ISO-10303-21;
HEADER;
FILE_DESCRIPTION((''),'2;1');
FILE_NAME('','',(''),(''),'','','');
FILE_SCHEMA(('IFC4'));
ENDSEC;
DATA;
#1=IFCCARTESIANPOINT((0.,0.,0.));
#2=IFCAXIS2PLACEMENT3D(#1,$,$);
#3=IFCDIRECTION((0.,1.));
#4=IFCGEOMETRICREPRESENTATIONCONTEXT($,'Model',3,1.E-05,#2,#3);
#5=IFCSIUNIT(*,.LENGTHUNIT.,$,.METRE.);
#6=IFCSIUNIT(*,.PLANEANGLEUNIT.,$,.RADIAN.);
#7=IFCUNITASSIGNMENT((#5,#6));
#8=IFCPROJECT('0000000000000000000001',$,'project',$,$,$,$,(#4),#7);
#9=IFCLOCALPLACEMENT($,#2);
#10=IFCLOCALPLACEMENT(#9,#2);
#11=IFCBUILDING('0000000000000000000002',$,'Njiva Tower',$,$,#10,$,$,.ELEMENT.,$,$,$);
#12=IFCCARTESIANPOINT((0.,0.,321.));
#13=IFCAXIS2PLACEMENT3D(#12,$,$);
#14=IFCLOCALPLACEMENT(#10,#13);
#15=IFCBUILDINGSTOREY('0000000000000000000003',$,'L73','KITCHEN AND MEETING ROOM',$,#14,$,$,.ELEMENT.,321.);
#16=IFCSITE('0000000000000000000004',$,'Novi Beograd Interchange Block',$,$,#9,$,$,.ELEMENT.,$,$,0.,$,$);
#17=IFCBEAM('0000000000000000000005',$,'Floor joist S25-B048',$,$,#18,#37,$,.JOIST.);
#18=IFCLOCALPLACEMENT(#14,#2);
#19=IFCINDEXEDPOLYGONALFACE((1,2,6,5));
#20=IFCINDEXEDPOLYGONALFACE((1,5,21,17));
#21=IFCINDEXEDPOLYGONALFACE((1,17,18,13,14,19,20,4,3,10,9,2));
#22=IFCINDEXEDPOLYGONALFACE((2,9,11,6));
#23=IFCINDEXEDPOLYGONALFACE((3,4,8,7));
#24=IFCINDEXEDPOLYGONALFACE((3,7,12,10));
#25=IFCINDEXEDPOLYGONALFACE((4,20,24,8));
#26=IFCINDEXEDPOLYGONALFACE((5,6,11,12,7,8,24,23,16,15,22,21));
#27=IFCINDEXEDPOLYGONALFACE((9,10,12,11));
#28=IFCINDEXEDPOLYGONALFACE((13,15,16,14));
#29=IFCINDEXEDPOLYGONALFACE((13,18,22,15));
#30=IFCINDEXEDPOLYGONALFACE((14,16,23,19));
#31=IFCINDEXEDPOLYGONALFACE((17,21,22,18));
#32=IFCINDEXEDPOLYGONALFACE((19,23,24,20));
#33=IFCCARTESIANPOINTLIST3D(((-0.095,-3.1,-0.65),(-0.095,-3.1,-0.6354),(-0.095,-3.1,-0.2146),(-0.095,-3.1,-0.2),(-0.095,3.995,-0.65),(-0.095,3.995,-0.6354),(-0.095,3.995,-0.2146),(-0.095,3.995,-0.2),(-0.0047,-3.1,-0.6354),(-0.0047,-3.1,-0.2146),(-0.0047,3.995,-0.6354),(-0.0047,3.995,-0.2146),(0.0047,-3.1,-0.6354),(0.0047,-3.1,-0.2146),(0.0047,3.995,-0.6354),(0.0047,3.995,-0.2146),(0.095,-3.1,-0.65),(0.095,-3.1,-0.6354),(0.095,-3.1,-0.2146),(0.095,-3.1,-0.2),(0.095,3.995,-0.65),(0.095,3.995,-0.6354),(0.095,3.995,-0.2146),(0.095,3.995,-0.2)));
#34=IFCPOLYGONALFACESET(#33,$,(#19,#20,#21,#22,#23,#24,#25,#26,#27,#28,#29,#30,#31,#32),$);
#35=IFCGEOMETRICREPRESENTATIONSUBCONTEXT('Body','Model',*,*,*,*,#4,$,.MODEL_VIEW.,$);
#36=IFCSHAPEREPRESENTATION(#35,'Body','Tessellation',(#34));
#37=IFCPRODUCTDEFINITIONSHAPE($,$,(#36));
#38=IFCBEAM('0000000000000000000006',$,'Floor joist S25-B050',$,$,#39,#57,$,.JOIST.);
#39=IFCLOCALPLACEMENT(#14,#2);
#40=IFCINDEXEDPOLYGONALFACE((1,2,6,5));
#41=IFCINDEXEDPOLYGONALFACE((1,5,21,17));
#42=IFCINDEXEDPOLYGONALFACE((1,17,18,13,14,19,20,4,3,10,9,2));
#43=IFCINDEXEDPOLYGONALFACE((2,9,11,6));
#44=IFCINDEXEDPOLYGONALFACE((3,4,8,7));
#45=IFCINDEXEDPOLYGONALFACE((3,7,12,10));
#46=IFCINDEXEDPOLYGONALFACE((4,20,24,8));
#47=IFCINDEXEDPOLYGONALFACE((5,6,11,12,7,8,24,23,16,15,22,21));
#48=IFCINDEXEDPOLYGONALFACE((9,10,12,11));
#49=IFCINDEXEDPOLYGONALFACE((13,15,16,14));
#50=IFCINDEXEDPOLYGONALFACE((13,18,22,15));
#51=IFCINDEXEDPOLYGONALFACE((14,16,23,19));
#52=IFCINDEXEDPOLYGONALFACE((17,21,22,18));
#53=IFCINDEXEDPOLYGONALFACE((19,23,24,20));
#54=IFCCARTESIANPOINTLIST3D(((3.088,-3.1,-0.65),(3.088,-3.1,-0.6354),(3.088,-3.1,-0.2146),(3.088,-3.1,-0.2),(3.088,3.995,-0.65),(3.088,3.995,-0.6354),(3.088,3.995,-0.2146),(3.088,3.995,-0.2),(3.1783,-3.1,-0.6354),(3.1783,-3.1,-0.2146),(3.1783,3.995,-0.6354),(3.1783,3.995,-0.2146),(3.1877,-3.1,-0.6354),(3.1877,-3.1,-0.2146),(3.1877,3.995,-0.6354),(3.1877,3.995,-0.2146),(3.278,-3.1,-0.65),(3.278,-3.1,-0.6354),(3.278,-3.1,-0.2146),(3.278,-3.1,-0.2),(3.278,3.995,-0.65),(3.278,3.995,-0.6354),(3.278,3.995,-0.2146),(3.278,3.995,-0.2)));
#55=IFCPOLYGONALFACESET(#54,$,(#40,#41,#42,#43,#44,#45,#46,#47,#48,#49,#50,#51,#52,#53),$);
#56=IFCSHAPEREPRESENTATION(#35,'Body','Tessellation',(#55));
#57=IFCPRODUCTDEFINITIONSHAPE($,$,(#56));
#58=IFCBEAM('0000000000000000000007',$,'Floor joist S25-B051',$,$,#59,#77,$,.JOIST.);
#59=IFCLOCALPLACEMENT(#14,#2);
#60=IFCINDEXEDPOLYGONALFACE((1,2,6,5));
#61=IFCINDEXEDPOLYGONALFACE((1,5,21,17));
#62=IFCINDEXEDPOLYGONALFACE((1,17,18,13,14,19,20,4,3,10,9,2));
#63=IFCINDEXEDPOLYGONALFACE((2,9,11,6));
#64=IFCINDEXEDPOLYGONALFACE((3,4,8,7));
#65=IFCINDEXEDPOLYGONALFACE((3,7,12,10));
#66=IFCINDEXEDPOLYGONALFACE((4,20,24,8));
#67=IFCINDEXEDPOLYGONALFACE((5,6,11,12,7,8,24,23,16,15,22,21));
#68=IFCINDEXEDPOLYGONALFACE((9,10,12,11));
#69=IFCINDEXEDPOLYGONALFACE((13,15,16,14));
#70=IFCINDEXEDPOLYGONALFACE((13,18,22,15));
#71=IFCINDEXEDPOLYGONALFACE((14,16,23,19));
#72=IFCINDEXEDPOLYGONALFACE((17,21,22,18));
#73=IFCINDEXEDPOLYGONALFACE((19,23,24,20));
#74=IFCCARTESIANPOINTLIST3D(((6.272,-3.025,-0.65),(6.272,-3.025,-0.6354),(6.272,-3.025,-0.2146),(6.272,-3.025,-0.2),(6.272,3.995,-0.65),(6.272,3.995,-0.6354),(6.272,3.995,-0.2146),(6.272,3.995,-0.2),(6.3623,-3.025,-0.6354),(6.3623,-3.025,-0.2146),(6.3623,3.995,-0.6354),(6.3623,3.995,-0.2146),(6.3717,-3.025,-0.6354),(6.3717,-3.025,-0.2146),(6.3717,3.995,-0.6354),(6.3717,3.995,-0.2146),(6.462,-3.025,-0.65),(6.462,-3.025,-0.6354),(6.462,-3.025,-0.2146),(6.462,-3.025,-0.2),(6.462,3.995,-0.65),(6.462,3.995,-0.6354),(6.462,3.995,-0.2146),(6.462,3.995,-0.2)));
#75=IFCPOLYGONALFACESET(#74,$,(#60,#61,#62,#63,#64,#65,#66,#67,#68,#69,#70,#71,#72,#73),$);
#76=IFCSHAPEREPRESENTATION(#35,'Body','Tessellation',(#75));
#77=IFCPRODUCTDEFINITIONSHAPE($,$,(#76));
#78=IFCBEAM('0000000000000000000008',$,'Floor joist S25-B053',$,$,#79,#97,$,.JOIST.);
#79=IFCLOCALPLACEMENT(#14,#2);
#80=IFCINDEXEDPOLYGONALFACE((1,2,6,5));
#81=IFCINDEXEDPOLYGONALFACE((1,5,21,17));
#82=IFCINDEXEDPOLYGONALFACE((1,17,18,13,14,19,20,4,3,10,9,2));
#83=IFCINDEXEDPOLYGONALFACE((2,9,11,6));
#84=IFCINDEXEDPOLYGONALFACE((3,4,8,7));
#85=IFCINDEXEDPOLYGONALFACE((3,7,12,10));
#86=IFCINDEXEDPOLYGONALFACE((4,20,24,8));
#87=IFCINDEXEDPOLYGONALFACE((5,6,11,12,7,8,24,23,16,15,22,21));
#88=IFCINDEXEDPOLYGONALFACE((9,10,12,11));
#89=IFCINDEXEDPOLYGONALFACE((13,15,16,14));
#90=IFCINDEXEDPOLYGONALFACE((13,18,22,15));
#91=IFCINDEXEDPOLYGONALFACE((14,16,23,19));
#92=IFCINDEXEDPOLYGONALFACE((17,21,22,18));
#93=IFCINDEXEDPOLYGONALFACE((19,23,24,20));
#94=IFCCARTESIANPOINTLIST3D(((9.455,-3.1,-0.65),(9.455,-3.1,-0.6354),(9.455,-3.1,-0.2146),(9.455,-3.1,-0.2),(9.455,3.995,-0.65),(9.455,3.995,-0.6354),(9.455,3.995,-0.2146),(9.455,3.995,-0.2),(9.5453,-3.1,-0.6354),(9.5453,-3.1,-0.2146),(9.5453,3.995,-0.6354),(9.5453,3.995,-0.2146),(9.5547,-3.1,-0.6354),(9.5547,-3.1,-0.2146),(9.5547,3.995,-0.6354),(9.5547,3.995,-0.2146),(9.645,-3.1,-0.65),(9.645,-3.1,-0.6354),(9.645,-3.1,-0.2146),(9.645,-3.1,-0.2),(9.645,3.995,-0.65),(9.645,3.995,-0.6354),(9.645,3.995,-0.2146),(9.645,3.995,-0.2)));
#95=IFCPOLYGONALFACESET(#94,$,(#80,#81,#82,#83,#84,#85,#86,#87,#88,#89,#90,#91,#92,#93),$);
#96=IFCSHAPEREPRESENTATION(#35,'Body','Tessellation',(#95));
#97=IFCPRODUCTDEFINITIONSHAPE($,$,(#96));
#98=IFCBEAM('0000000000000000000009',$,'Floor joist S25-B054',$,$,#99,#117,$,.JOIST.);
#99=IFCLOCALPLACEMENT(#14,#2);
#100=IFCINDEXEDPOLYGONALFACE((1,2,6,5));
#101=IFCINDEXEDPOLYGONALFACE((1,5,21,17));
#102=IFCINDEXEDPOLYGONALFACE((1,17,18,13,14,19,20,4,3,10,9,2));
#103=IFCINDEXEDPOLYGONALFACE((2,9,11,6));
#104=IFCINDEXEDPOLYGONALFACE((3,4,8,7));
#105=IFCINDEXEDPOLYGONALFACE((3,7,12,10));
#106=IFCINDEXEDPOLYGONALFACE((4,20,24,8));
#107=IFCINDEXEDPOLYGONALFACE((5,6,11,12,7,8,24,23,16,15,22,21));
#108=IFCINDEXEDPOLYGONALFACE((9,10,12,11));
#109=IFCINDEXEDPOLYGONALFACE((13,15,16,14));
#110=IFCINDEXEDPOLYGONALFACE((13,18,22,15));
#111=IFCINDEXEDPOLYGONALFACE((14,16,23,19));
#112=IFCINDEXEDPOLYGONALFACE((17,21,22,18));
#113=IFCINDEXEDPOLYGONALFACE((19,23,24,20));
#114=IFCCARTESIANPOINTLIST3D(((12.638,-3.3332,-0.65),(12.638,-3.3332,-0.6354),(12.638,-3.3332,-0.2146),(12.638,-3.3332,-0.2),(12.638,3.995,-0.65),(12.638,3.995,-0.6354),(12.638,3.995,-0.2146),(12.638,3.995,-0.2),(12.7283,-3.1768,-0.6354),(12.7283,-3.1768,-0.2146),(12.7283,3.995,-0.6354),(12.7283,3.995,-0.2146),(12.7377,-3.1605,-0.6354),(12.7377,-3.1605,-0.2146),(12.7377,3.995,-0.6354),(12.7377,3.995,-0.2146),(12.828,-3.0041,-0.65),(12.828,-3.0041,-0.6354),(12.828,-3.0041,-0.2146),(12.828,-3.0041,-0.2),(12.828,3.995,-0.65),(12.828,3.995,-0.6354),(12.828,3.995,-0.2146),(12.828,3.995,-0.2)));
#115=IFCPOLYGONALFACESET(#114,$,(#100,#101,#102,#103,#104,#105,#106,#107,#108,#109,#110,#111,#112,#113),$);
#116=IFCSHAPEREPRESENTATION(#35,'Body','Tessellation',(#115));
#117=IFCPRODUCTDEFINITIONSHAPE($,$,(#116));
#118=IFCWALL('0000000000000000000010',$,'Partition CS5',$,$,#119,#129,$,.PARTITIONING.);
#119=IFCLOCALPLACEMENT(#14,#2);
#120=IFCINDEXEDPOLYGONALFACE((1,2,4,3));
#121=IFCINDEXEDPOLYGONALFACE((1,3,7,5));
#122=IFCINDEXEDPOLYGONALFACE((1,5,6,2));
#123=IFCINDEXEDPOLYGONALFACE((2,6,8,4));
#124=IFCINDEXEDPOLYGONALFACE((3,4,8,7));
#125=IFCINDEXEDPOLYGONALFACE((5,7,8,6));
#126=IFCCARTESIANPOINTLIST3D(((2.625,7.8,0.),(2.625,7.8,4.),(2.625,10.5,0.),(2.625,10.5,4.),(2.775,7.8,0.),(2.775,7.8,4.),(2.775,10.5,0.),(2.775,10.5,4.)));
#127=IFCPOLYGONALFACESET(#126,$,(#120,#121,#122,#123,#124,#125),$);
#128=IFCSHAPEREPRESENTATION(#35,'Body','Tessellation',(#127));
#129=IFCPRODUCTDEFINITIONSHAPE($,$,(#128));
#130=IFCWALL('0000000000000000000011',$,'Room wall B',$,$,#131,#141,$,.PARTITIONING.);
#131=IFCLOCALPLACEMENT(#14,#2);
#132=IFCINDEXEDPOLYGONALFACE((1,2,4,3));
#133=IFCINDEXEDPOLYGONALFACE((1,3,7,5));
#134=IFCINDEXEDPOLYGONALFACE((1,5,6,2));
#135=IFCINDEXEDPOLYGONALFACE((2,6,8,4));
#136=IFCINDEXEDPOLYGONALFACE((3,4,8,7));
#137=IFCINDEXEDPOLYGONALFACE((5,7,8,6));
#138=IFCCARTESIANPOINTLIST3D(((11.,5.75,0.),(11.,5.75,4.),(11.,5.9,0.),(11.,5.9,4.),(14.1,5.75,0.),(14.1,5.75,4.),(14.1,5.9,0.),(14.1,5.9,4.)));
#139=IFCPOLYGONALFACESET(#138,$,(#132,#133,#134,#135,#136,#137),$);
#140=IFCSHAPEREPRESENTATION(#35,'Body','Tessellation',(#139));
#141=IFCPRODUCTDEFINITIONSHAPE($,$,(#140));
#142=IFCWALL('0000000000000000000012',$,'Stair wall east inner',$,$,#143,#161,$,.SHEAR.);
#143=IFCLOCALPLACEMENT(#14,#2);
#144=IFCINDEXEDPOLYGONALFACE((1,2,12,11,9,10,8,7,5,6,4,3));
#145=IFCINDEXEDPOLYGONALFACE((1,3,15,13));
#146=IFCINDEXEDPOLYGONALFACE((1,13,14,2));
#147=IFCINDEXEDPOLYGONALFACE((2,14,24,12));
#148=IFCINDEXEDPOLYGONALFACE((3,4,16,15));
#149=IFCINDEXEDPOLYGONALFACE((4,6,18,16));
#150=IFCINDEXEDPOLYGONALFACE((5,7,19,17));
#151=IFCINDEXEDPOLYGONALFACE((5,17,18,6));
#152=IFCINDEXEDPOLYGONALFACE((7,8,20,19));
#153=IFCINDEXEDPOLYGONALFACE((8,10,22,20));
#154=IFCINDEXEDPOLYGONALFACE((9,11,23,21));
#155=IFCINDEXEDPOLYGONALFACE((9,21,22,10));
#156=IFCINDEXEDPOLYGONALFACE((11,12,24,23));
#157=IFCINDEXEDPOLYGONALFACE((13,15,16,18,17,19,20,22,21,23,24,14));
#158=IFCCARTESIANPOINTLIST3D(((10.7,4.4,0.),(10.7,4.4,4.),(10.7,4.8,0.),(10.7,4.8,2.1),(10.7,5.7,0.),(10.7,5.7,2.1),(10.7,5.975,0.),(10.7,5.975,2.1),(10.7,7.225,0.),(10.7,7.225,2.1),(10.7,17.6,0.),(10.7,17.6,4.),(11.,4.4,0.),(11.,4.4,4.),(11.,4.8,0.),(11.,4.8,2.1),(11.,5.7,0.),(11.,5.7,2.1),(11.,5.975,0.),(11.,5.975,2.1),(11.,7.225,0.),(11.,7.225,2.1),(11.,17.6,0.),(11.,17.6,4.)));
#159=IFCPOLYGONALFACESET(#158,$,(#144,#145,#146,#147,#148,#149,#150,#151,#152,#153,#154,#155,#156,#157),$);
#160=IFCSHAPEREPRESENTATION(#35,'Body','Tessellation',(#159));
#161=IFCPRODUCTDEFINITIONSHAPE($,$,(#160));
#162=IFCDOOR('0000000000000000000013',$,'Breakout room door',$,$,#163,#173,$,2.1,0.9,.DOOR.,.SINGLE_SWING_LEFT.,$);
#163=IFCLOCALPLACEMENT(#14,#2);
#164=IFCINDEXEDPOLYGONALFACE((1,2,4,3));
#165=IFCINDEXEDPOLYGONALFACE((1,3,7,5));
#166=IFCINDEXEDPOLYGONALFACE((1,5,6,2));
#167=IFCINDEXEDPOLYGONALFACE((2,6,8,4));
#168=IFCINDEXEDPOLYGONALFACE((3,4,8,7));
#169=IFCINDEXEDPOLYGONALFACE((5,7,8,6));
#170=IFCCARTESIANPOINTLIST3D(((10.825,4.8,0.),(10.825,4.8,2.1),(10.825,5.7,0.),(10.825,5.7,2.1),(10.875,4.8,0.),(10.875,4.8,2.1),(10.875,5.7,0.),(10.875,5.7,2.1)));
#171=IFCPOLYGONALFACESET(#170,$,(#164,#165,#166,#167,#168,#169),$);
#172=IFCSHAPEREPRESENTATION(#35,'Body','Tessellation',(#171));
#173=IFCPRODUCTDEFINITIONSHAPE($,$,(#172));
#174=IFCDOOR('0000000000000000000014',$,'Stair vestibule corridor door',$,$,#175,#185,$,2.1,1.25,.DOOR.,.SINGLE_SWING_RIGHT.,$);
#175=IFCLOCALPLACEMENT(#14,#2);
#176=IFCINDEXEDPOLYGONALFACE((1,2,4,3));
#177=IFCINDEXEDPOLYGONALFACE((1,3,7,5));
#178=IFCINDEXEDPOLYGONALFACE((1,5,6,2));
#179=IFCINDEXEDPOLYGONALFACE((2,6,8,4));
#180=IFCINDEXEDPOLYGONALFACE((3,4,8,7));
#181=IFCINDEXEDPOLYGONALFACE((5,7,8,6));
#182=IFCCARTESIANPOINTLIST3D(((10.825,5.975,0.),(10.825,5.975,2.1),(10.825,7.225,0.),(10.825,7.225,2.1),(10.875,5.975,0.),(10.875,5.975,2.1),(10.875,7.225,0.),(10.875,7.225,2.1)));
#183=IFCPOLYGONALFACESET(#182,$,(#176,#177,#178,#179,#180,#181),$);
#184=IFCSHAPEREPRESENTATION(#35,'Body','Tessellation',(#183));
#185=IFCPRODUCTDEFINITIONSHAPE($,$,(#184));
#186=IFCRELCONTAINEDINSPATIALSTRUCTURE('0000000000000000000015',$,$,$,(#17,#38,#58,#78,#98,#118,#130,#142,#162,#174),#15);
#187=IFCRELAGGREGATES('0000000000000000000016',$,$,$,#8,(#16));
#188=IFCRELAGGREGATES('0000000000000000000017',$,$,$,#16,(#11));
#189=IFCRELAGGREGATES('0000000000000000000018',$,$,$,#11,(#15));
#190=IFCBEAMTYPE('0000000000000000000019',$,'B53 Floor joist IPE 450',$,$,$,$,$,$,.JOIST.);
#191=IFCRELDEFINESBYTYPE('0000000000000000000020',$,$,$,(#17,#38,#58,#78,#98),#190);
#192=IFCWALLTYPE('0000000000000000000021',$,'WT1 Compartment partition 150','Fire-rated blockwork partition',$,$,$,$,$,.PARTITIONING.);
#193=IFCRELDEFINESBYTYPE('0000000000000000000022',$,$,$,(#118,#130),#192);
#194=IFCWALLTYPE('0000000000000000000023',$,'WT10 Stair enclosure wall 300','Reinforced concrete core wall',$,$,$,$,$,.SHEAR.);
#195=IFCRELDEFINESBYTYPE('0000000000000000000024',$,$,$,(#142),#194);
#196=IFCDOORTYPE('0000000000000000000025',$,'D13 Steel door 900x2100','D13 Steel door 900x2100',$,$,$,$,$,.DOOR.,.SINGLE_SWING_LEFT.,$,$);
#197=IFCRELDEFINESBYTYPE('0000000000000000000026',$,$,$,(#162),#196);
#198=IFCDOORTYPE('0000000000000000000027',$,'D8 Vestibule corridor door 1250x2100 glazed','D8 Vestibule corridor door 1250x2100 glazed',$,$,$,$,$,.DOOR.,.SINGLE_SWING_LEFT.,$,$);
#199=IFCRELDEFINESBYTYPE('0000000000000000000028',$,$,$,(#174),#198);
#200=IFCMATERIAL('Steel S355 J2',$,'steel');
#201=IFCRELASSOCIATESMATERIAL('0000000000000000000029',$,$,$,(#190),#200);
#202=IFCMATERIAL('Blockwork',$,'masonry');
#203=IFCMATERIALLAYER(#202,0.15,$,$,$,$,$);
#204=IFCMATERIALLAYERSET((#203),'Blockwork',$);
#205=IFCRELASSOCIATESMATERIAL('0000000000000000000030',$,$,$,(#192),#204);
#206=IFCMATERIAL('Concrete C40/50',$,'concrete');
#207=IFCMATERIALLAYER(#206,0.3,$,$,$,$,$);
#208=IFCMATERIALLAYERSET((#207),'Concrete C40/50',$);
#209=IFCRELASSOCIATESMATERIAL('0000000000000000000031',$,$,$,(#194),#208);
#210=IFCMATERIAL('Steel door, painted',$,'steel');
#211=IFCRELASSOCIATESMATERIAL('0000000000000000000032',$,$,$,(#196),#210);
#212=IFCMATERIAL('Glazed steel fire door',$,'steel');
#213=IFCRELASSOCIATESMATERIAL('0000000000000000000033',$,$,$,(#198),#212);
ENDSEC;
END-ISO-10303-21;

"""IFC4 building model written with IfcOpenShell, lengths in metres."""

from ifc_helpers import new_model, si_unit, direction, frame, frame_2d, origin, origin_2d, place, context, subcontext, project, spatial, rectangle, i_section, extrude, clip, halfspace, material, layer, layer_set, material_profile, profile_set, type_object, element, fill, save


model = new_model("IFC4")

# Units and contexts
model_context = context("Model", 3, precision=1e-05, world=origin(), true_north=direction((0.0, 1.0)))
body_context = subcontext(model_context, "Body", "Model", "MODEL_VIEW")
ifc_project = project(units=[si_unit("LENGTHUNIT", "METRE"), si_unit("PLANEANGLEUNIT", "RADIAN")], contexts=[model_context])

# Site, building, storey
site_placement = place(None, origin())
site = spatial("IfcSite", under=ifc_project, at=site_placement, Name="Novi Beograd Interchange Block", CompositionType="ELEMENT", RefElevation=0.0)
building_placement = place(site_placement, origin())
building = spatial("IfcBuilding", under=site, at=building_placement, Name="Njiva Tower", CompositionType="ELEMENT")
storey_placement = place(building_placement, frame((0.0, 0.0, 321.0)))
storey = spatial("IfcBuildingStorey", under=building, at=storey_placement, Name="L73", Description="KITCHEN AND MEETING ROOM", CompositionType="ELEMENT", Elevation=321.0)

# Beams
ifc_material_1 = material(Name="Steel S355 J2", Category="steel")
ifc_material_profile = material_profile(ifc_material_1, i_section(OverallWidth=0.19, OverallDepth=0.45, WebThickness=0.0094, FlangeThickness=0.0146, at=origin_2d()), Name="IPE 450")
ifc_profile_set = profile_set([ifc_material_profile], Name="Steel S355 J2")
beam_type = type_object("IfcBeamType", Name="B53 Floor joist IPE 450", PredefinedType="JOIST", material=ifc_profile_set)
for number, where, z_axis, x_axis, name in (
    (1, (0.0, 3.995, -0.425), (0.0, -1.0, 0.0), (1.0, 0.0, 0.0), "Floor joist S25-B048"),
    (2, (3.183, 3.995, -0.425), (0.0, -1.0, 0.0), (1.0, 0.0, 0.0), "Floor joist S25-B050"),
):
    element("IfcBeam", number, at=place(storey_placement, frame(where, z_axis=z_axis, x_axis=x_axis)), inside=storey, type_object=beam_type, Name=name, PredefinedType="JOIST", context=body_context, shape_type="SweptSolid", body=[
        extrude(i_section(OverallWidth=0.19, OverallDepth=0.45, WebThickness=0.0094, FlangeThickness=0.0146, at=origin_2d()), origin(), (0.0, 0.0, 1.0), 7.095),
    ])
beam_1_placement = place(storey_placement, frame((6.367, 3.995, -0.425), z_axis=(0.0, -1.0, 0.0), x_axis=(1.0, 0.0, 0.0)))
element("IfcBeam", 3, at=beam_1_placement, inside=storey, type_object=beam_type, Name="Floor joist S25-B051", PredefinedType="JOIST", context=body_context, shape_type="SweptSolid", body=[
    extrude(i_section(OverallWidth=0.19, OverallDepth=0.45, WebThickness=0.0094, FlangeThickness=0.0146, at=origin_2d()), origin(), (0.0, 0.0, 1.0), 7.02),
])
beam_2_placement = place(storey_placement, frame((9.55, 3.995, -0.425), z_axis=(0.0, -1.0, 0.0), x_axis=(1.0, 0.0, 0.0)))
element("IfcBeam", 4, at=beam_2_placement, inside=storey, type_object=beam_type, Name="Floor joist S25-B053", PredefinedType="JOIST", context=body_context, shape_type="SweptSolid", body=[
    extrude(i_section(OverallWidth=0.19, OverallDepth=0.45, WebThickness=0.0094, FlangeThickness=0.0146, at=origin_2d()), origin(), (0.0, 0.0, 1.0), 7.095),
])
beam_3_placement = place(storey_placement, frame((12.733, 3.995, -0.425), z_axis=(0.0, -1.0, 0.0), x_axis=(1.0, 0.0, 0.0)))
element("IfcBeam", 5, at=beam_3_placement, inside=storey, type_object=beam_type, Name="Floor joist S25-B054", PredefinedType="JOIST", context=body_context, shape_type="Clipping", body=[
    clip(extrude(i_section(OverallWidth=0.19, OverallDepth=0.45, WebThickness=0.0094, FlangeThickness=0.0146, at=origin_2d()), origin(), (0.0, 0.0, 1.0), 7.348), halfspace(frame((0.0436, 0.0, 7.0881), z_axis=(0.866027, 0.0, 0.499998), x_axis=(0.0, 1.0, 0.0)), False)),
])

# Walls
ifc_material_2 = material(Name="Blockwork", Category="masonry")
ifc_layer_1 = layer(ifc_material_2, 0.15)
ifc_layer_set_1 = layer_set([ifc_layer_1], Name="Blockwork")
wall_type_1 = type_object("IfcWallType", Name="WT1 Compartment partition 150", Description="Fire-rated blockwork partition", PredefinedType="PARTITIONING", material=ifc_layer_set_1)
wall_1_placement = place(storey_placement, frame((2.7, 7.8, 0.0), z_axis=(0.0, 0.0, 1.0), x_axis=(0.0, 1.0, 0.0)))
element("IfcWall", 6, at=wall_1_placement, inside=storey, type_object=wall_type_1, Name="Partition CS5", PredefinedType="PARTITIONING", context=body_context, shape_type="SweptSolid", body=[
    extrude(rectangle(XDim=2.7, YDim=0.15, at=frame_2d((1.35, 0.0))), origin(), (0.0, 0.0, 1.0), 4.0),
])
wall_2_placement = place(storey_placement, frame((11.0, 5.825, 0.0), z_axis=(0.0, 0.0, 1.0), x_axis=(1.0, 0.0, 0.0)))
element("IfcWall", 7, at=wall_2_placement, inside=storey, type_object=wall_type_1, Name="Room wall B", PredefinedType="PARTITIONING", context=body_context, shape_type="SweptSolid", body=[
    extrude(rectangle(XDim=3.1, YDim=0.15, at=frame_2d((1.55, 0.0))), origin(), (0.0, 0.0, 1.0), 4.0),
])

# Wall, openings, doors
ifc_material_3 = material(Name="Concrete C40/50", Category="concrete")
ifc_layer_2 = layer(ifc_material_3, 0.3)
ifc_layer_set_2 = layer_set([ifc_layer_2], Name="Concrete C40/50")
wall_type_2 = type_object("IfcWallType", Name="WT10 Stair enclosure wall 300", Description="Reinforced concrete core wall", PredefinedType="SHEAR", material=ifc_layer_set_2)
wall_3_placement = place(storey_placement, frame((10.85, 4.4, 0.0), z_axis=(0.0, 0.0, 1.0), x_axis=(0.0, 1.0, 0.0)))
wall_3 = element("IfcWall", 8, at=wall_3_placement, inside=storey, type_object=wall_type_2, Name="Stair wall east inner", PredefinedType="SHEAR", context=body_context, shape_type="SweptSolid", body=[
    extrude(rectangle(XDim=13.2, YDim=0.3, at=frame_2d((6.6, 0.0))), origin(), (0.0, 0.0, 1.0), 4.0),
])
opening_1_placement = place(wall_3_placement, frame((1.575, 0.0, 0.0)))
opening_1 = element("IfcOpeningElement", 9, at=opening_1_placement, cuts=wall_3, PredefinedType="OPENING", context=body_context, shape_type="SweptSolid", body=[
    extrude(rectangle(XDim=1.25, YDim=2.1, at=frame_2d((0.625, 1.05))), frame((0.0, 0.16, 0.0), z_axis=(0.0, -1.0, 0.0), x_axis=(1.0, 0.0, 0.0)), (0.0, 0.0, 1.0), 0.32),
])
opening_2_placement = place(wall_3_placement, frame((0.4, 0.0, 0.0)))
opening_2 = element("IfcOpeningElement", 10, at=opening_2_placement, cuts=wall_3, PredefinedType="OPENING", context=body_context, shape_type="SweptSolid", body=[
    extrude(rectangle(XDim=0.9, YDim=2.1, at=frame_2d((0.45, 1.05))), frame((0.0, 0.16, 0.0), z_axis=(0.0, -1.0, 0.0), x_axis=(1.0, 0.0, 0.0)), (0.0, 0.0, 1.0), 0.32),
])
ifc_material_4 = material(Name="Steel door, painted", Category="steel")
door_type_1 = type_object("IfcDoorType", Name="D13 Steel door 900x2100", Description="D13 Steel door 900x2100", OperationType="SINGLE_SWING_LEFT", PredefinedType="DOOR", material=ifc_material_4)
door_1_placement = place(opening_2_placement, origin())
door_1 = element("IfcDoor", 11, at=door_1_placement, inside=storey, type_object=door_type_1, Name="Breakout room door", OperationType="SINGLE_SWING_LEFT", OverallHeight=2.1, OverallWidth=0.9, PredefinedType="DOOR", context=body_context, shape_type="SweptSolid", body=[
    extrude(rectangle(XDim=0.9, YDim=2.1, at=frame_2d((0.45, 1.05))), frame((0.0, 0.025, 0.0), z_axis=(0.0, -1.0, 0.0), x_axis=(1.0, 0.0, 0.0)), (0.0, 0.0, 1.0), 0.05),
])
fill(opening_2, door_1)
ifc_material_5 = material(Name="Glazed steel fire door", Category="steel")
door_type_2 = type_object("IfcDoorType", Name="D8 Vestibule corridor door 1250x2100 glazed", Description="D8 Vestibule corridor door 1250x2100 glazed", OperationType="SINGLE_SWING_LEFT", PredefinedType="DOOR", material=ifc_material_5)
door_2_placement = place(opening_1_placement, origin())
door_2 = element("IfcDoor", 12, at=door_2_placement, inside=storey, type_object=door_type_2, Name="Stair vestibule corridor door", OperationType="SINGLE_SWING_RIGHT", OverallHeight=2.1, OverallWidth=1.25, PredefinedType="DOOR", context=body_context, shape_type="SweptSolid", body=[
    extrude(rectangle(XDim=1.25, YDim=2.1, at=frame_2d((0.625, 1.05))), frame((0.0, 0.025, 0.0), z_axis=(0.0, -1.0, 0.0), x_axis=(1.0, 0.0, 0.0)), (0.0, 0.0, 1.0), 0.05),
])
fill(opening_1, door_2)

save(model, "model.ifc")
